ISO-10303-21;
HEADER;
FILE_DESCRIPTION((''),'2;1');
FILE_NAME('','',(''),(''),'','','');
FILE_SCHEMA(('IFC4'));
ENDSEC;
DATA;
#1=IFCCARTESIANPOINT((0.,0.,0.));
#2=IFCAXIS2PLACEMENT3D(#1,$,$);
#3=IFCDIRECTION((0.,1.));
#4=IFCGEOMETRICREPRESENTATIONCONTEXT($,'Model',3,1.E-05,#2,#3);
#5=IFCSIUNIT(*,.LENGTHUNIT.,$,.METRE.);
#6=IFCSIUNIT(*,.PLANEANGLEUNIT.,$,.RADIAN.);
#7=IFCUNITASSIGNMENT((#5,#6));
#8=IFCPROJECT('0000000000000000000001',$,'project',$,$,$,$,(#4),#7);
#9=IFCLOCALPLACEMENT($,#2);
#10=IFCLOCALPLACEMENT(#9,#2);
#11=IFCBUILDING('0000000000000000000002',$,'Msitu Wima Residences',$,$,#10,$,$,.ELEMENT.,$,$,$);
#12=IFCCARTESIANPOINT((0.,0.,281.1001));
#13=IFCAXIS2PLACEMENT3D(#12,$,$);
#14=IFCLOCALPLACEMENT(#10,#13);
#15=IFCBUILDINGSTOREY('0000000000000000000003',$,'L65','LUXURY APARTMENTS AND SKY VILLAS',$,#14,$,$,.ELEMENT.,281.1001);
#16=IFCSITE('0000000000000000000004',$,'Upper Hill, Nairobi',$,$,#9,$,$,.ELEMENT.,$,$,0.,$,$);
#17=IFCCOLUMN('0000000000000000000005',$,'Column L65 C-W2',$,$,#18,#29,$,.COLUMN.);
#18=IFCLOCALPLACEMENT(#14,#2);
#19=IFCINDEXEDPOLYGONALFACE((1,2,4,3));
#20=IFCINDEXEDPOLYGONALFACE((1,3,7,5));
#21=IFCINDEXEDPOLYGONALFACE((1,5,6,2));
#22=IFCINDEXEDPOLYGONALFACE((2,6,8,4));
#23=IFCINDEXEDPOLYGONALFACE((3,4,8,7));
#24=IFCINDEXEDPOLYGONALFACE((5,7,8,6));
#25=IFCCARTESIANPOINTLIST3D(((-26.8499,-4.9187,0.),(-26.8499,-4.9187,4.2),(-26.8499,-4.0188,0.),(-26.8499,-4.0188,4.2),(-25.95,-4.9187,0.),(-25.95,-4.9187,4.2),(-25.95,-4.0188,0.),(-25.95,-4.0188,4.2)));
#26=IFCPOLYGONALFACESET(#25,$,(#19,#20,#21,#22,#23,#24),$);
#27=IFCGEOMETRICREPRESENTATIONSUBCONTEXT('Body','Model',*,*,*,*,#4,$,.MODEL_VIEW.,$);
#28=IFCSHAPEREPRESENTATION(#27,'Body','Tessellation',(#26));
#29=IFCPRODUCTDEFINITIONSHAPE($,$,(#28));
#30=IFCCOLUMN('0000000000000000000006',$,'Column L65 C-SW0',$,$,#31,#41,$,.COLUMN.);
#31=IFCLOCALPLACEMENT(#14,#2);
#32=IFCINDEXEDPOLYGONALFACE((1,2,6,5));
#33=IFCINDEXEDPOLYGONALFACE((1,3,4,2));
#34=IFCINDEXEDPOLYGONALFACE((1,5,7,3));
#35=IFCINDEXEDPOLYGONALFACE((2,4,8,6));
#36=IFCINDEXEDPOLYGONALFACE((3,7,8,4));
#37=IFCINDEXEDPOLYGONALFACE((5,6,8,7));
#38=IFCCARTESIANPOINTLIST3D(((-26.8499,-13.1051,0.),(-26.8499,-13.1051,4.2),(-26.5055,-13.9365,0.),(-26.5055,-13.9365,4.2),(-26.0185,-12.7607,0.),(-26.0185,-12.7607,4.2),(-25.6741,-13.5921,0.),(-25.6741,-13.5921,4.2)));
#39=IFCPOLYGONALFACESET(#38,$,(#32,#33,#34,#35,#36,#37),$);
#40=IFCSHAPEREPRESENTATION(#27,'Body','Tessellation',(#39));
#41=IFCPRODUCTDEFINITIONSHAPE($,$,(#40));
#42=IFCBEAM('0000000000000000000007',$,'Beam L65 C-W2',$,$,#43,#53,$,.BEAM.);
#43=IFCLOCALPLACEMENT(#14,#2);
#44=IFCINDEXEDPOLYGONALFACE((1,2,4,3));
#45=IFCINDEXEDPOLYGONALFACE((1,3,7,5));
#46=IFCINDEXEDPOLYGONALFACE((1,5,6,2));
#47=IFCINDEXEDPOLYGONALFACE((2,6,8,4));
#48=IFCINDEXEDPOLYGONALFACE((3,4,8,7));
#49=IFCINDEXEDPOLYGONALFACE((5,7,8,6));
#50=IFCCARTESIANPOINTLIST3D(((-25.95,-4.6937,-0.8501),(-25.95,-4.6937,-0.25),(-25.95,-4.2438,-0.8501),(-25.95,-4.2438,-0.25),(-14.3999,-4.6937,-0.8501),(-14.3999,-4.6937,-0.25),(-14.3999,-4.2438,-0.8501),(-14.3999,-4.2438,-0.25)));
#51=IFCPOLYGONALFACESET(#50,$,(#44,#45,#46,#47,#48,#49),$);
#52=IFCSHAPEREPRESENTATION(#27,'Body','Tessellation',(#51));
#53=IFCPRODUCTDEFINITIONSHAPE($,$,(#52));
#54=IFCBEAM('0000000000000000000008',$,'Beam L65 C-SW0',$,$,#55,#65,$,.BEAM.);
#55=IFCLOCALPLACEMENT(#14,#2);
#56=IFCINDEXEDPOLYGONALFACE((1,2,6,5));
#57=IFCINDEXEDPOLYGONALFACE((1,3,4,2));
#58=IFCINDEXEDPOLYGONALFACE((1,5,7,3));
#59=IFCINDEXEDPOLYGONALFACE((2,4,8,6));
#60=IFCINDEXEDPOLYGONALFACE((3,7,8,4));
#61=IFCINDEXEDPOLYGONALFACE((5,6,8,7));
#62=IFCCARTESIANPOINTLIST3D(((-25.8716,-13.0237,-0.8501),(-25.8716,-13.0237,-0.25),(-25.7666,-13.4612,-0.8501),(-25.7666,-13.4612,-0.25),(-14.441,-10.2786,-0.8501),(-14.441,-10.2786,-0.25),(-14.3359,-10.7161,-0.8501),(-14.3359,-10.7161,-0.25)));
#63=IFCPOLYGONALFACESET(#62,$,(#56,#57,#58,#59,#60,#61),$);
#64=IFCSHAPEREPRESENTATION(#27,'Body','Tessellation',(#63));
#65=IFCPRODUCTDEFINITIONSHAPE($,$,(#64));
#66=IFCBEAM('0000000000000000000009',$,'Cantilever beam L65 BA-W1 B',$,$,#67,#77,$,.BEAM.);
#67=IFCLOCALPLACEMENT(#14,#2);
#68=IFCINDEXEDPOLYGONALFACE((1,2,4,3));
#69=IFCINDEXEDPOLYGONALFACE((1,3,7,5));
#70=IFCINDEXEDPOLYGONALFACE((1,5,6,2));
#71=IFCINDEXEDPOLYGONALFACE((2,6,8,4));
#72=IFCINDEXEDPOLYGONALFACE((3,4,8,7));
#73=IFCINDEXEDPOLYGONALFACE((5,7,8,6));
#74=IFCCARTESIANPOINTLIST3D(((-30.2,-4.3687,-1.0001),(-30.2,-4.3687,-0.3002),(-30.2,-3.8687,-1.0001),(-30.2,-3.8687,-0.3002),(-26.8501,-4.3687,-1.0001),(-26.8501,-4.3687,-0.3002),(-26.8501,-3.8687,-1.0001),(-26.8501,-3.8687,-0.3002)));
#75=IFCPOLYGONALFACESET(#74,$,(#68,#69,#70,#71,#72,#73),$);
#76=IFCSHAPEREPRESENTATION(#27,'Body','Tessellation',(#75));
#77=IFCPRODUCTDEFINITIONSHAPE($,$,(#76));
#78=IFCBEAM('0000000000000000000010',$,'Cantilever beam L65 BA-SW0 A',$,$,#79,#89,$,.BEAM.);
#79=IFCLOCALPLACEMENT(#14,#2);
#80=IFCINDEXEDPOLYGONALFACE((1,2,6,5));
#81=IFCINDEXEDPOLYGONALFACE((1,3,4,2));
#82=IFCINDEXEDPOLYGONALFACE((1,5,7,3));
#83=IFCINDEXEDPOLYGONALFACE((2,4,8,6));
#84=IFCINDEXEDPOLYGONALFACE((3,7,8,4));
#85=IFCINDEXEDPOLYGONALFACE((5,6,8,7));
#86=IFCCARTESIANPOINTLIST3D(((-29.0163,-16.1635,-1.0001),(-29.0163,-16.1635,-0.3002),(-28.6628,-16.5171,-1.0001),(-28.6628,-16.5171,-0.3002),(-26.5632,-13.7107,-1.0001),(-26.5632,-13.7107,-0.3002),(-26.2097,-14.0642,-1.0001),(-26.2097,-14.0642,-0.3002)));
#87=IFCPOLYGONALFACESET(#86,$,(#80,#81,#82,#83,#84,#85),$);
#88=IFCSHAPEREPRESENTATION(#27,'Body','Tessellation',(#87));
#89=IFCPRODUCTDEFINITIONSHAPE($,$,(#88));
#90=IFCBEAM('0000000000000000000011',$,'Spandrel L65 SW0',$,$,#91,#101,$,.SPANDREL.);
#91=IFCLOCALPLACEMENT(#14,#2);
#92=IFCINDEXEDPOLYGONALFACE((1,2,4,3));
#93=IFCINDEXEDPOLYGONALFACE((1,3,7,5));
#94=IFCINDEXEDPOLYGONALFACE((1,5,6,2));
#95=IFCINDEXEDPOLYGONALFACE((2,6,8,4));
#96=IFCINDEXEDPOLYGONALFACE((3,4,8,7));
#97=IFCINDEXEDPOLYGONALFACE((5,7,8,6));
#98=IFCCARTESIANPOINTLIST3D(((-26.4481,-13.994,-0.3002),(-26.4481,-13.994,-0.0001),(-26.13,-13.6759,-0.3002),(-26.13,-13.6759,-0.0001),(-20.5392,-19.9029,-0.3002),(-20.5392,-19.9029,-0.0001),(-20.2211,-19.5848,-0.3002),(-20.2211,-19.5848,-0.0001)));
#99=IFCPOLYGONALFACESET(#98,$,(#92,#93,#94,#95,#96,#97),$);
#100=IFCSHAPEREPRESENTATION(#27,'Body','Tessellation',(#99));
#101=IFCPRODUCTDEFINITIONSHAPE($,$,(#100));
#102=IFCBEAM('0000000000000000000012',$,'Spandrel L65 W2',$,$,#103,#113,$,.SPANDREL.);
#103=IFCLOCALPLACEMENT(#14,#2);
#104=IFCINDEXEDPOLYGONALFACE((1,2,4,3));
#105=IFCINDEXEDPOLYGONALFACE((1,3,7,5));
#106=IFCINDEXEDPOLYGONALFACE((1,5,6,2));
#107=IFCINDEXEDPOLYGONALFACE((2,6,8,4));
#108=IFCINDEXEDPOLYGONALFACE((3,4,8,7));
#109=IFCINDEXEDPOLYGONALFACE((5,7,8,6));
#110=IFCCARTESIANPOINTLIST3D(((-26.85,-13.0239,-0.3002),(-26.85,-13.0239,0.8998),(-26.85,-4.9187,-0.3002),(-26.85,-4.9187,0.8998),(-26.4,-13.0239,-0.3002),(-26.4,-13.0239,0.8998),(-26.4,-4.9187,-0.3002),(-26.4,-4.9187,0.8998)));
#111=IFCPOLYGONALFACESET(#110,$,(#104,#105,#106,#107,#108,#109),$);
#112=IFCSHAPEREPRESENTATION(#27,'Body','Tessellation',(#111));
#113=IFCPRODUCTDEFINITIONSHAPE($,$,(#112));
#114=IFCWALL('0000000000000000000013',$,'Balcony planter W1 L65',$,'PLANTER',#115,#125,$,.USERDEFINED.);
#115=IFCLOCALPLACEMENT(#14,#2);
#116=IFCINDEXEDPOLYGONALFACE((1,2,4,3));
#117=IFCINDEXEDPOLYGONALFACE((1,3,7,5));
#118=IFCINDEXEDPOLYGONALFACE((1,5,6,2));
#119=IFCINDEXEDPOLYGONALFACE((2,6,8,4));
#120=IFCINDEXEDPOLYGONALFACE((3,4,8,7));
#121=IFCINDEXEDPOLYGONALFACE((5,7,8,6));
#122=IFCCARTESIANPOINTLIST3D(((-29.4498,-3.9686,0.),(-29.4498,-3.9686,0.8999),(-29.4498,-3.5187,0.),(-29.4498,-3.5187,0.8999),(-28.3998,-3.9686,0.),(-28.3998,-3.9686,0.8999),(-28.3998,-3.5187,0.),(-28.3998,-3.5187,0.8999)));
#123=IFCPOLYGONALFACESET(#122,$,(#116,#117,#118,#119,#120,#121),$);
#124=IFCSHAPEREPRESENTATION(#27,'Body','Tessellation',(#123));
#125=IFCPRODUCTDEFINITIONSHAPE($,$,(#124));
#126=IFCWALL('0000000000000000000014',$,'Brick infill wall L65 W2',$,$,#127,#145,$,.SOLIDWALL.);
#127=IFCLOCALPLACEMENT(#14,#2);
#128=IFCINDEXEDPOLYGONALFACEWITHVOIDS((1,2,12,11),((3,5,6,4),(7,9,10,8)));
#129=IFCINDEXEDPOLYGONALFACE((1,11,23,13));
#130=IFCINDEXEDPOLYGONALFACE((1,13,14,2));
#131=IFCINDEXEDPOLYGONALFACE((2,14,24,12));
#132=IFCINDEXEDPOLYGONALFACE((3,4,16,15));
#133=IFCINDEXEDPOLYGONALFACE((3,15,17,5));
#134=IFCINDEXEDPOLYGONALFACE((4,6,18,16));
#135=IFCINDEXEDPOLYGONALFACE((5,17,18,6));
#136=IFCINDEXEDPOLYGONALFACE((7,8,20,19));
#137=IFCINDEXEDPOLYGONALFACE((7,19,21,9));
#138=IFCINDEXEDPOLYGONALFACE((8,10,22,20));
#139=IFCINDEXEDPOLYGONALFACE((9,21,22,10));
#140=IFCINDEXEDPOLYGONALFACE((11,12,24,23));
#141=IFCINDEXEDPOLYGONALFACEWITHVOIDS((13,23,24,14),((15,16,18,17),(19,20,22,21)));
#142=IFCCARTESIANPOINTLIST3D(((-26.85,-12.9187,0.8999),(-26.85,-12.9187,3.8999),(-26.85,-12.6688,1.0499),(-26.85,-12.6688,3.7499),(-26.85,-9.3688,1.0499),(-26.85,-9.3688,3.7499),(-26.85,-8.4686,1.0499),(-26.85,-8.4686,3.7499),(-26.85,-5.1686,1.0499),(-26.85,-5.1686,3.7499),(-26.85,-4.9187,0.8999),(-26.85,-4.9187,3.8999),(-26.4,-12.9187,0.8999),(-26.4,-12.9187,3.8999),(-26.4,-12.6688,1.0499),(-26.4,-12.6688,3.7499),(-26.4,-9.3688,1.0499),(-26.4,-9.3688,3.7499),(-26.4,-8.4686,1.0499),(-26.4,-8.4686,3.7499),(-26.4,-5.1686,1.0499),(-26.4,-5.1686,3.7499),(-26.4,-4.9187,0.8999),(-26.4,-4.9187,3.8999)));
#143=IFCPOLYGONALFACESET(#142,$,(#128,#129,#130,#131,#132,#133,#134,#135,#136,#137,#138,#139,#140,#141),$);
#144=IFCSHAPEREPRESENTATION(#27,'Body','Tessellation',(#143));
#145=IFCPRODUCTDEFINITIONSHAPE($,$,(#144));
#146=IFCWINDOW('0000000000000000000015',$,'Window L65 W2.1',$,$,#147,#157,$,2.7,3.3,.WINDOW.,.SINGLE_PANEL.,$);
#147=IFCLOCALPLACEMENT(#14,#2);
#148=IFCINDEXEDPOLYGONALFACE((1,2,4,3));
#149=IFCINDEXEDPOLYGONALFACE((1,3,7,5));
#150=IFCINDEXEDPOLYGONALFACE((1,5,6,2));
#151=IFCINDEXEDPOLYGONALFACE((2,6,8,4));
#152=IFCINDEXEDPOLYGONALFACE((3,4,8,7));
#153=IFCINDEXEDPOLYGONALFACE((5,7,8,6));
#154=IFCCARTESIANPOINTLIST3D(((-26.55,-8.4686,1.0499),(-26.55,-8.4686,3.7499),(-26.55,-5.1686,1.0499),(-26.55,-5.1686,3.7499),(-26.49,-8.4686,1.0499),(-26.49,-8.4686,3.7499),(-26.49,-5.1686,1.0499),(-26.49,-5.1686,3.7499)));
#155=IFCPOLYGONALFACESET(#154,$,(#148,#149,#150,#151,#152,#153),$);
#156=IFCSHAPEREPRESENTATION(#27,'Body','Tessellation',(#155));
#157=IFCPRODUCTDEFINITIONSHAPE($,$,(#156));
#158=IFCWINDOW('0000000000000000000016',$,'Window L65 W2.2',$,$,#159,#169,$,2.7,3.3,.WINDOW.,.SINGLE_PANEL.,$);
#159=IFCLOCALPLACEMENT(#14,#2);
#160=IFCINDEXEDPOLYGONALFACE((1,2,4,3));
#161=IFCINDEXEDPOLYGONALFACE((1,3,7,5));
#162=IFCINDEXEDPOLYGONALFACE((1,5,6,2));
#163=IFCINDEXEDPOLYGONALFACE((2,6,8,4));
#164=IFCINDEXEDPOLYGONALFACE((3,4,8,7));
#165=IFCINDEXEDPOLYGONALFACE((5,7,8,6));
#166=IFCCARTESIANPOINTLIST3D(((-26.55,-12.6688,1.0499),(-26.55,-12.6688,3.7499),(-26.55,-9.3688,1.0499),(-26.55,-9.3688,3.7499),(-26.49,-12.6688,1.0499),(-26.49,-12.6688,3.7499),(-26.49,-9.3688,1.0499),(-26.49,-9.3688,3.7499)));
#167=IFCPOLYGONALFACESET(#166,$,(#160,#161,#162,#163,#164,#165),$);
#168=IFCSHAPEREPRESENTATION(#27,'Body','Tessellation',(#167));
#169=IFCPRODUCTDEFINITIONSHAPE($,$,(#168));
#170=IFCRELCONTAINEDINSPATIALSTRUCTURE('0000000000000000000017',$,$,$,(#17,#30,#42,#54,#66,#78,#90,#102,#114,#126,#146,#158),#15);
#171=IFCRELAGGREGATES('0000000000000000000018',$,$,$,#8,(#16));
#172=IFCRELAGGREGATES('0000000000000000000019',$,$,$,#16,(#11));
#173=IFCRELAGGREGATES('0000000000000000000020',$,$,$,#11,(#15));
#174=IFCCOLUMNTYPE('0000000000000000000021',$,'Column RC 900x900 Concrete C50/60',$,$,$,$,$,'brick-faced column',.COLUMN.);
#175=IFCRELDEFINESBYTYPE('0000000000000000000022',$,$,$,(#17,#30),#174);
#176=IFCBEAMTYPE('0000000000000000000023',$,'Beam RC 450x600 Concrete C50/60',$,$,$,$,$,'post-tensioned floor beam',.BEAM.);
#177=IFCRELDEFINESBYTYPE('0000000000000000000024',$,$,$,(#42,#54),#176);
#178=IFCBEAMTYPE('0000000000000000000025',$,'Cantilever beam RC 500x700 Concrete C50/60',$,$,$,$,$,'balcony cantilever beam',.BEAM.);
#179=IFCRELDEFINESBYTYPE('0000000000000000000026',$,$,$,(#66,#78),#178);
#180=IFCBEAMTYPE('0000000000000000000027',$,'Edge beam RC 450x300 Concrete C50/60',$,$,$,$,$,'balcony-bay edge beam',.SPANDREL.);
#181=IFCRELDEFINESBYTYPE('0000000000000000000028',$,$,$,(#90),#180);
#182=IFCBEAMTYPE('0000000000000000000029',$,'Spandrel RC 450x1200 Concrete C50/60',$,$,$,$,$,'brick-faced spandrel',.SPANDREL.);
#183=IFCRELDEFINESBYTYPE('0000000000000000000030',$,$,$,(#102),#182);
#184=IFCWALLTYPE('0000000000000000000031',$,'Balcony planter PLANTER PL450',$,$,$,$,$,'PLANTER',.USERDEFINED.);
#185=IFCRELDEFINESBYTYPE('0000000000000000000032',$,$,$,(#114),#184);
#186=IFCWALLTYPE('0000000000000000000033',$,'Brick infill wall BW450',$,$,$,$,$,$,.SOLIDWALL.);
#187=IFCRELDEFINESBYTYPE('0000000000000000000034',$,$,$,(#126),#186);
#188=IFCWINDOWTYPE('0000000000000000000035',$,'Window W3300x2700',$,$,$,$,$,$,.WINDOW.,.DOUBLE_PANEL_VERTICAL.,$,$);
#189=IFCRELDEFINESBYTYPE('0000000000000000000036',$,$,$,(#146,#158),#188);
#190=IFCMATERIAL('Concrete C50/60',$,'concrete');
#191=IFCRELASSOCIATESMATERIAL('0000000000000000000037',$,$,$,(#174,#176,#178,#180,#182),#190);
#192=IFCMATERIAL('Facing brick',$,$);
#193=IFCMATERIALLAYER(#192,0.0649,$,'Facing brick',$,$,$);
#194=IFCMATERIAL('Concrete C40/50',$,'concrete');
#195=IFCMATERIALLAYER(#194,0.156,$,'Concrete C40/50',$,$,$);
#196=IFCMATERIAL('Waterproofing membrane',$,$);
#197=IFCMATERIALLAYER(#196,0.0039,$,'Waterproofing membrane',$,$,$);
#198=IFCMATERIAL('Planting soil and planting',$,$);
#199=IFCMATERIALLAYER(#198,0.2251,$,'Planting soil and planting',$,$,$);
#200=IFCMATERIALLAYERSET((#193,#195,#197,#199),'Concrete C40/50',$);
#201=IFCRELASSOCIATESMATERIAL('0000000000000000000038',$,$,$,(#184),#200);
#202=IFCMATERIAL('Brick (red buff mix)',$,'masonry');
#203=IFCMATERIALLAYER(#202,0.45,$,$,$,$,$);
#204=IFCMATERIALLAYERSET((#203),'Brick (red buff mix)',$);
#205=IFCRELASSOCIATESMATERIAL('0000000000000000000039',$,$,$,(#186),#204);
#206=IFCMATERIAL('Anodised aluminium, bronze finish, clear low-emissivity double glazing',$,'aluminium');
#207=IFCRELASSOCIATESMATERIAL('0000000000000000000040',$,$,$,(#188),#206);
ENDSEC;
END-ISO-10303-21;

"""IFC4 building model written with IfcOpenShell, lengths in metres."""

from ifc_helpers import new_model, si_unit, direction, frame, frame_2d, origin, origin_2d, place, context, subcontext, project, spatial, rectangle, extrude, material, layer, layer_set, material_profile, profile_set, type_object, element, fill, save


model = new_model("IFC4")

# Units and contexts
model_context = context("Model", 3, precision=1e-05, world=origin(), true_north=direction((0.0, 1.0)))
body_context = subcontext(model_context, "Body", "Model", "MODEL_VIEW")
ifc_project = project(units=[si_unit("LENGTHUNIT", "METRE"), si_unit("PLANEANGLEUNIT", "RADIAN")], contexts=[model_context])

# Site, building, storey
site_placement = place(None, origin())
site = spatial("IfcSite", under=ifc_project, at=site_placement, Name="Upper Hill, Nairobi", CompositionType="ELEMENT", RefElevation=0.0)
building_placement = place(site_placement, origin())
building = spatial("IfcBuilding", under=site, at=building_placement, Name="Msitu Wima Residences", CompositionType="ELEMENT")
storey_placement = place(building_placement, frame((0.0, 0.0, 281.1001)))
storey = spatial("IfcBuildingStorey", under=building, at=storey_placement, Name="L65", Description="LUXURY APARTMENTS AND SKY VILLAS", CompositionType="ELEMENT", Elevation=281.1001)

# Columns
ifc_material_1 = material(Name="Concrete C50/60", Category="concrete")
ifc_material_profile_1 = material_profile(ifc_material_1, rectangle(XDim=0.8999, YDim=0.8999, at=origin_2d()), Name="RC 900x900")
ifc_profile_set_1 = profile_set([ifc_material_profile_1], Name="Concrete C50/60")
column_type = type_object("IfcColumnType", Name="Column RC 900x900 Concrete C50/60", ElementType="brick-faced column", PredefinedType="COLUMN", material=ifc_profile_set_1)
for number, where, z_axis, x_axis, name in (
    (1, (-26.3999, -4.4688, 0.0), (0.0, 0.0, 1.0), (0.0, -1.0, 0.0), "Column L65 C-W2"),
    (2, (-26.262, -13.3486, 0.0), (0.0, 0.0, 1.0), (0.382683, -0.92388, 0.0), "Column L65 C-SW0"),
):
    element("IfcColumn", number, at=place(storey_placement, frame(where, z_axis=z_axis, x_axis=x_axis)), inside=storey, type_object=column_type, Name=name, PredefinedType="COLUMN", context=body_context, shape_type="SweptSolid", body=[
        extrude(rectangle(XDim=0.8999, YDim=0.8999, at=origin_2d()), origin(), (0.0, 0.0, 1.0), 4.2),
    ])

# Beams
ifc_material_profile_2 = material_profile(ifc_material_1, rectangle(XDim=0.45, YDim=0.6001, at=origin_2d()), Name="RC 450x600")
ifc_profile_set_2 = profile_set([ifc_material_profile_2], Name="Concrete C50/60")
beam_type_1 = type_object("IfcBeamType", Name="Beam RC 450x600 Concrete C50/60", ElementType="post-tensioned floor beam", PredefinedType="BEAM", material=ifc_profile_set_2)
beam_1_placement = place(storey_placement, frame((-25.95, -4.4688, -0.55), z_axis=(1.0, 0.0, 0.0), x_axis=(0.0, 1.0, 0.0)))
element("IfcBeam", 3, at=beam_1_placement, inside=storey, type_object=beam_type_1, Name="Beam L65 C-W2", PredefinedType="BEAM", context=body_context, shape_type="SweptSolid", body=[
    extrude(rectangle(XDim=0.45, YDim=0.6001, at=origin_2d()), origin(), (0.0, 0.0, 1.0), 11.55),
])
beam_2_placement = place(storey_placement, frame((-25.8191, -13.2424, -0.55), z_axis=(0.972353, 0.233514, 0.0), x_axis=(-0.233514, 0.972353, 0.0)))
element("IfcBeam", 4, at=beam_2_placement, inside=storey, type_object=beam_type_1, Name="Beam L65 C-SW0", PredefinedType="BEAM", context=body_context, shape_type="SweptSolid", body=[
    extrude(rectangle(XDim=0.45, YDim=0.6001, at=origin_2d()), origin(), (0.0, 0.0, 1.0), 11.7556),
])
ifc_material_profile_3 = material_profile(ifc_material_1, rectangle(XDim=0.5, YDim=0.7, at=origin_2d()), Name="RC 500x700")
ifc_profile_set_3 = profile_set([ifc_material_profile_3], Name="Concrete C50/60")
beam_type_2 = type_object("IfcBeamType", Name="Cantilever beam RC 500x700 Concrete C50/60", ElementType="balcony cantilever beam", PredefinedType="BEAM", material=ifc_profile_set_3)
beam_3_placement = place(storey_placement, frame((-26.8501, -4.1187, -0.6501), z_axis=(-1.0, 0.0, 0.0), x_axis=(0.0, -1.0, 0.0)))
element("IfcBeam", 5, at=beam_3_placement, inside=storey, type_object=beam_type_2, Name="Cantilever beam L65 BA-W1 B", PredefinedType="BEAM", context=body_context, shape_type="SweptSolid", body=[
    extrude(rectangle(XDim=0.5, YDim=0.7, at=origin_2d()), origin(), (0.0, 0.0, 1.0), 3.3499),
])
beam_4_placement = place(storey_placement, frame((-26.3865, -13.8875, -0.6501), z_axis=(-0.707142, -0.707072, 0.0), x_axis=(0.707072, -0.707142, 0.0)))
element("IfcBeam", 6, at=beam_4_placement, inside=storey, type_object=beam_type_2, Name="Cantilever beam L65 BA-SW0 A", PredefinedType="BEAM", context=body_context, shape_type="SweptSolid", body=[
    extrude(rectangle(XDim=0.5, YDim=0.7, at=origin_2d()), origin(), (0.0, 0.0, 1.0), 3.469),
])
ifc_material_profile_4 = material_profile(ifc_material_1, rectangle(XDim=0.45, YDim=0.3, at=origin_2d()), Name="RC 450x300")
ifc_profile_set_4 = profile_set([ifc_material_profile_4], Name="Concrete C50/60")
beam_type_3 = type_object("IfcBeamType", Name="Edge beam RC 450x300 Concrete C50/60", ElementType="balcony-bay edge beam", PredefinedType="SPANDREL", material=ifc_profile_set_4)
beam_5_placement = place(storey_placement, frame((-26.2891, -13.835, -0.1501), z_axis=(0.707107, -0.707107, 0.0), x_axis=(0.707107, 0.707107, 0.0)))
element("IfcBeam", 7, at=beam_5_placement, inside=storey, type_object=beam_type_3, Name="Spandrel L65 SW0", PredefinedType="SPANDREL", context=body_context, shape_type="SweptSolid", body=[
    extrude(rectangle(XDim=0.45, YDim=0.3, at=origin_2d()), origin(), (0.0, 0.0, 1.0), 8.3564),
])
ifc_material_profile_5 = material_profile(ifc_material_1, rectangle(XDim=0.45, YDim=1.2, at=origin_2d()), Name="RC 450x1200")
ifc_profile_set_5 = profile_set([ifc_material_profile_5], Name="Concrete C50/60")
beam_type_4 = type_object("IfcBeamType", Name="Spandrel RC 450x1200 Concrete C50/60", ElementType="brick-faced spandrel", PredefinedType="SPANDREL", material=ifc_profile_set_5)
beam_6_placement = place(storey_placement, frame((-26.625, -4.9187, 0.2998), z_axis=(0.0, -1.0, 0.0), x_axis=(1.0, 0.0, 0.0)))
element("IfcBeam", 8, at=beam_6_placement, inside=storey, type_object=beam_type_4, Name="Spandrel L65 W2", PredefinedType="SPANDREL", context=body_context, shape_type="SweptSolid", body=[
    extrude(rectangle(XDim=0.45, YDim=1.2, at=origin_2d()), origin(), (0.0, 0.0, 1.0), 8.1052),
])

# Wall
ifc_material_2 = material(Name="Facing brick")
ifc_layer_1 = layer(ifc_material_2, 0.0649, Name="Facing brick")
ifc_material_3 = material(Name="Concrete C40/50", Category="concrete")
ifc_layer_2 = layer(ifc_material_3, 0.156, Name="Concrete C40/50")
ifc_material_4 = material(Name="Waterproofing membrane")
ifc_layer_3 = layer(ifc_material_4, 0.0039, Name="Waterproofing membrane")
ifc_material_5 = material(Name="Planting soil and planting")
ifc_layer_4 = layer(ifc_material_5, 0.2251, Name="Planting soil and planting")
ifc_layer_set_1 = layer_set([ifc_layer_1, ifc_layer_2, ifc_layer_3, ifc_layer_4], Name="Concrete C40/50")
wall_type_1 = type_object("IfcWallType", Name="Balcony planter PLANTER PL450", ElementType="PLANTER", PredefinedType="USERDEFINED", material=ifc_layer_set_1)
wall_1_placement = place(storey_placement, frame((-28.3999, -3.7437, 0.0), z_axis=(0.0, 0.0, 1.0), x_axis=(-1.0, 0.0, 0.0)))
element("IfcWall", 9, at=wall_1_placement, inside=storey, type_object=wall_type_1, Name="Balcony planter W1 L65", ObjectType="PLANTER", PredefinedType="USERDEFINED", context=body_context, shape_type="SweptSolid", body=[
    extrude(rectangle(XDim=1.05, YDim=0.45, at=frame_2d((0.5249, 0.0))), origin(), (0.0, 0.0, 1.0), 0.8999),
])

# Wall, openings, windows
ifc_material_6 = material(Name="Brick (red buff mix)", Category="masonry")
ifc_layer_5 = layer(ifc_material_6, 0.45)
ifc_layer_set_2 = layer_set([ifc_layer_5], Name="Brick (red buff mix)")
wall_type_2 = type_object("IfcWallType", Name="Brick infill wall BW450", PredefinedType="SOLIDWALL", material=ifc_layer_set_2)
wall_2_placement = place(storey_placement, frame((-26.625, -4.9187, 0.8999), z_axis=(0.0, 0.0, 1.0), x_axis=(0.0, -1.0, 0.0)))
wall_2 = element("IfcWall", 10, at=wall_2_placement, inside=storey, type_object=wall_type_2, Name="Brick infill wall L65 W2", PredefinedType="SOLIDWALL", context=body_context, shape_type="SweptSolid", body=[
    extrude(rectangle(XDim=8.0, YDim=0.45, at=frame_2d((4.0, 0.0))), origin(), (0.0, 0.0, 1.0), 3.0),
])
opening_1_placement = place(wall_2_placement, frame((0.25, 0.0, 0.1499)))
opening_1 = element("IfcOpeningElement", 11, at=opening_1_placement, cuts=wall_2, PredefinedType="OPENING", context=body_context, shape_type="SweptSolid", body=[
    extrude(rectangle(XDim=3.3, YDim=2.7, at=frame_2d((1.6499, 1.3501))), frame((0.0, 0.2349, 0.0), z_axis=(0.0, -1.0, 0.0), x_axis=(1.0, 0.0, 0.0)), (0.0, 0.0, 1.0), 0.47),
])
opening_2_placement = place(wall_2_placement, frame((4.4502, 0.0, 0.1499)))
opening_2 = element("IfcOpeningElement", 12, at=opening_2_placement, cuts=wall_2, PredefinedType="OPENING", context=body_context, shape_type="SweptSolid", body=[
    extrude(rectangle(XDim=3.3, YDim=2.7, at=frame_2d((1.6499, 1.3501))), frame((0.0, 0.2349, 0.0), z_axis=(0.0, -1.0, 0.0), x_axis=(1.0, 0.0, 0.0)), (0.0, 0.0, 1.0), 0.47),
])
ifc_material_7 = material(Name="Anodised aluminium, bronze finish, clear low-emissivity double glazing", Category="aluminium")
window_type = type_object("IfcWindowType", Name="Window W3300x2700", PartitioningType="DOUBLE_PANEL_VERTICAL", PredefinedType="WINDOW", material=ifc_material_7)
window_1_placement = place(opening_1_placement, origin())
window_1 = element("IfcWindow", 13, at=window_1_placement, inside=storey, type_object=window_type, Name="Window L65 W2.1", OverallHeight=2.7, OverallWidth=3.3, PartitioningType="SINGLE_PANEL", PredefinedType="WINDOW", context=body_context, shape_type="SweptSolid", body=[
    extrude(rectangle(XDim=3.3, YDim=2.7, at=frame_2d((1.6499, 1.3501))), frame((0.0, 0.135, 0.0), z_axis=(0.0, -1.0, 0.0), x_axis=(1.0, 0.0, 0.0)), (0.0, 0.0, 1.0), 0.0601),
])
fill(opening_1, window_1)
window_2_placement = place(opening_2_placement, origin())
window_2 = element("IfcWindow", 14, at=window_2_placement, inside=storey, type_object=window_type, Name="Window L65 W2.2", OverallHeight=2.7, OverallWidth=3.3, PartitioningType="SINGLE_PANEL", PredefinedType="WINDOW", context=body_context, shape_type="SweptSolid", body=[
    extrude(rectangle(XDim=3.3, YDim=2.7, at=frame_2d((1.6499, 1.3501))), frame((0.0, 0.135, 0.0), z_axis=(0.0, -1.0, 0.0), x_axis=(1.0, 0.0, 0.0)), (0.0, 0.0, 1.0), 0.0601),
])
fill(opening_2, window_2)

save(model, "model.ifc")
